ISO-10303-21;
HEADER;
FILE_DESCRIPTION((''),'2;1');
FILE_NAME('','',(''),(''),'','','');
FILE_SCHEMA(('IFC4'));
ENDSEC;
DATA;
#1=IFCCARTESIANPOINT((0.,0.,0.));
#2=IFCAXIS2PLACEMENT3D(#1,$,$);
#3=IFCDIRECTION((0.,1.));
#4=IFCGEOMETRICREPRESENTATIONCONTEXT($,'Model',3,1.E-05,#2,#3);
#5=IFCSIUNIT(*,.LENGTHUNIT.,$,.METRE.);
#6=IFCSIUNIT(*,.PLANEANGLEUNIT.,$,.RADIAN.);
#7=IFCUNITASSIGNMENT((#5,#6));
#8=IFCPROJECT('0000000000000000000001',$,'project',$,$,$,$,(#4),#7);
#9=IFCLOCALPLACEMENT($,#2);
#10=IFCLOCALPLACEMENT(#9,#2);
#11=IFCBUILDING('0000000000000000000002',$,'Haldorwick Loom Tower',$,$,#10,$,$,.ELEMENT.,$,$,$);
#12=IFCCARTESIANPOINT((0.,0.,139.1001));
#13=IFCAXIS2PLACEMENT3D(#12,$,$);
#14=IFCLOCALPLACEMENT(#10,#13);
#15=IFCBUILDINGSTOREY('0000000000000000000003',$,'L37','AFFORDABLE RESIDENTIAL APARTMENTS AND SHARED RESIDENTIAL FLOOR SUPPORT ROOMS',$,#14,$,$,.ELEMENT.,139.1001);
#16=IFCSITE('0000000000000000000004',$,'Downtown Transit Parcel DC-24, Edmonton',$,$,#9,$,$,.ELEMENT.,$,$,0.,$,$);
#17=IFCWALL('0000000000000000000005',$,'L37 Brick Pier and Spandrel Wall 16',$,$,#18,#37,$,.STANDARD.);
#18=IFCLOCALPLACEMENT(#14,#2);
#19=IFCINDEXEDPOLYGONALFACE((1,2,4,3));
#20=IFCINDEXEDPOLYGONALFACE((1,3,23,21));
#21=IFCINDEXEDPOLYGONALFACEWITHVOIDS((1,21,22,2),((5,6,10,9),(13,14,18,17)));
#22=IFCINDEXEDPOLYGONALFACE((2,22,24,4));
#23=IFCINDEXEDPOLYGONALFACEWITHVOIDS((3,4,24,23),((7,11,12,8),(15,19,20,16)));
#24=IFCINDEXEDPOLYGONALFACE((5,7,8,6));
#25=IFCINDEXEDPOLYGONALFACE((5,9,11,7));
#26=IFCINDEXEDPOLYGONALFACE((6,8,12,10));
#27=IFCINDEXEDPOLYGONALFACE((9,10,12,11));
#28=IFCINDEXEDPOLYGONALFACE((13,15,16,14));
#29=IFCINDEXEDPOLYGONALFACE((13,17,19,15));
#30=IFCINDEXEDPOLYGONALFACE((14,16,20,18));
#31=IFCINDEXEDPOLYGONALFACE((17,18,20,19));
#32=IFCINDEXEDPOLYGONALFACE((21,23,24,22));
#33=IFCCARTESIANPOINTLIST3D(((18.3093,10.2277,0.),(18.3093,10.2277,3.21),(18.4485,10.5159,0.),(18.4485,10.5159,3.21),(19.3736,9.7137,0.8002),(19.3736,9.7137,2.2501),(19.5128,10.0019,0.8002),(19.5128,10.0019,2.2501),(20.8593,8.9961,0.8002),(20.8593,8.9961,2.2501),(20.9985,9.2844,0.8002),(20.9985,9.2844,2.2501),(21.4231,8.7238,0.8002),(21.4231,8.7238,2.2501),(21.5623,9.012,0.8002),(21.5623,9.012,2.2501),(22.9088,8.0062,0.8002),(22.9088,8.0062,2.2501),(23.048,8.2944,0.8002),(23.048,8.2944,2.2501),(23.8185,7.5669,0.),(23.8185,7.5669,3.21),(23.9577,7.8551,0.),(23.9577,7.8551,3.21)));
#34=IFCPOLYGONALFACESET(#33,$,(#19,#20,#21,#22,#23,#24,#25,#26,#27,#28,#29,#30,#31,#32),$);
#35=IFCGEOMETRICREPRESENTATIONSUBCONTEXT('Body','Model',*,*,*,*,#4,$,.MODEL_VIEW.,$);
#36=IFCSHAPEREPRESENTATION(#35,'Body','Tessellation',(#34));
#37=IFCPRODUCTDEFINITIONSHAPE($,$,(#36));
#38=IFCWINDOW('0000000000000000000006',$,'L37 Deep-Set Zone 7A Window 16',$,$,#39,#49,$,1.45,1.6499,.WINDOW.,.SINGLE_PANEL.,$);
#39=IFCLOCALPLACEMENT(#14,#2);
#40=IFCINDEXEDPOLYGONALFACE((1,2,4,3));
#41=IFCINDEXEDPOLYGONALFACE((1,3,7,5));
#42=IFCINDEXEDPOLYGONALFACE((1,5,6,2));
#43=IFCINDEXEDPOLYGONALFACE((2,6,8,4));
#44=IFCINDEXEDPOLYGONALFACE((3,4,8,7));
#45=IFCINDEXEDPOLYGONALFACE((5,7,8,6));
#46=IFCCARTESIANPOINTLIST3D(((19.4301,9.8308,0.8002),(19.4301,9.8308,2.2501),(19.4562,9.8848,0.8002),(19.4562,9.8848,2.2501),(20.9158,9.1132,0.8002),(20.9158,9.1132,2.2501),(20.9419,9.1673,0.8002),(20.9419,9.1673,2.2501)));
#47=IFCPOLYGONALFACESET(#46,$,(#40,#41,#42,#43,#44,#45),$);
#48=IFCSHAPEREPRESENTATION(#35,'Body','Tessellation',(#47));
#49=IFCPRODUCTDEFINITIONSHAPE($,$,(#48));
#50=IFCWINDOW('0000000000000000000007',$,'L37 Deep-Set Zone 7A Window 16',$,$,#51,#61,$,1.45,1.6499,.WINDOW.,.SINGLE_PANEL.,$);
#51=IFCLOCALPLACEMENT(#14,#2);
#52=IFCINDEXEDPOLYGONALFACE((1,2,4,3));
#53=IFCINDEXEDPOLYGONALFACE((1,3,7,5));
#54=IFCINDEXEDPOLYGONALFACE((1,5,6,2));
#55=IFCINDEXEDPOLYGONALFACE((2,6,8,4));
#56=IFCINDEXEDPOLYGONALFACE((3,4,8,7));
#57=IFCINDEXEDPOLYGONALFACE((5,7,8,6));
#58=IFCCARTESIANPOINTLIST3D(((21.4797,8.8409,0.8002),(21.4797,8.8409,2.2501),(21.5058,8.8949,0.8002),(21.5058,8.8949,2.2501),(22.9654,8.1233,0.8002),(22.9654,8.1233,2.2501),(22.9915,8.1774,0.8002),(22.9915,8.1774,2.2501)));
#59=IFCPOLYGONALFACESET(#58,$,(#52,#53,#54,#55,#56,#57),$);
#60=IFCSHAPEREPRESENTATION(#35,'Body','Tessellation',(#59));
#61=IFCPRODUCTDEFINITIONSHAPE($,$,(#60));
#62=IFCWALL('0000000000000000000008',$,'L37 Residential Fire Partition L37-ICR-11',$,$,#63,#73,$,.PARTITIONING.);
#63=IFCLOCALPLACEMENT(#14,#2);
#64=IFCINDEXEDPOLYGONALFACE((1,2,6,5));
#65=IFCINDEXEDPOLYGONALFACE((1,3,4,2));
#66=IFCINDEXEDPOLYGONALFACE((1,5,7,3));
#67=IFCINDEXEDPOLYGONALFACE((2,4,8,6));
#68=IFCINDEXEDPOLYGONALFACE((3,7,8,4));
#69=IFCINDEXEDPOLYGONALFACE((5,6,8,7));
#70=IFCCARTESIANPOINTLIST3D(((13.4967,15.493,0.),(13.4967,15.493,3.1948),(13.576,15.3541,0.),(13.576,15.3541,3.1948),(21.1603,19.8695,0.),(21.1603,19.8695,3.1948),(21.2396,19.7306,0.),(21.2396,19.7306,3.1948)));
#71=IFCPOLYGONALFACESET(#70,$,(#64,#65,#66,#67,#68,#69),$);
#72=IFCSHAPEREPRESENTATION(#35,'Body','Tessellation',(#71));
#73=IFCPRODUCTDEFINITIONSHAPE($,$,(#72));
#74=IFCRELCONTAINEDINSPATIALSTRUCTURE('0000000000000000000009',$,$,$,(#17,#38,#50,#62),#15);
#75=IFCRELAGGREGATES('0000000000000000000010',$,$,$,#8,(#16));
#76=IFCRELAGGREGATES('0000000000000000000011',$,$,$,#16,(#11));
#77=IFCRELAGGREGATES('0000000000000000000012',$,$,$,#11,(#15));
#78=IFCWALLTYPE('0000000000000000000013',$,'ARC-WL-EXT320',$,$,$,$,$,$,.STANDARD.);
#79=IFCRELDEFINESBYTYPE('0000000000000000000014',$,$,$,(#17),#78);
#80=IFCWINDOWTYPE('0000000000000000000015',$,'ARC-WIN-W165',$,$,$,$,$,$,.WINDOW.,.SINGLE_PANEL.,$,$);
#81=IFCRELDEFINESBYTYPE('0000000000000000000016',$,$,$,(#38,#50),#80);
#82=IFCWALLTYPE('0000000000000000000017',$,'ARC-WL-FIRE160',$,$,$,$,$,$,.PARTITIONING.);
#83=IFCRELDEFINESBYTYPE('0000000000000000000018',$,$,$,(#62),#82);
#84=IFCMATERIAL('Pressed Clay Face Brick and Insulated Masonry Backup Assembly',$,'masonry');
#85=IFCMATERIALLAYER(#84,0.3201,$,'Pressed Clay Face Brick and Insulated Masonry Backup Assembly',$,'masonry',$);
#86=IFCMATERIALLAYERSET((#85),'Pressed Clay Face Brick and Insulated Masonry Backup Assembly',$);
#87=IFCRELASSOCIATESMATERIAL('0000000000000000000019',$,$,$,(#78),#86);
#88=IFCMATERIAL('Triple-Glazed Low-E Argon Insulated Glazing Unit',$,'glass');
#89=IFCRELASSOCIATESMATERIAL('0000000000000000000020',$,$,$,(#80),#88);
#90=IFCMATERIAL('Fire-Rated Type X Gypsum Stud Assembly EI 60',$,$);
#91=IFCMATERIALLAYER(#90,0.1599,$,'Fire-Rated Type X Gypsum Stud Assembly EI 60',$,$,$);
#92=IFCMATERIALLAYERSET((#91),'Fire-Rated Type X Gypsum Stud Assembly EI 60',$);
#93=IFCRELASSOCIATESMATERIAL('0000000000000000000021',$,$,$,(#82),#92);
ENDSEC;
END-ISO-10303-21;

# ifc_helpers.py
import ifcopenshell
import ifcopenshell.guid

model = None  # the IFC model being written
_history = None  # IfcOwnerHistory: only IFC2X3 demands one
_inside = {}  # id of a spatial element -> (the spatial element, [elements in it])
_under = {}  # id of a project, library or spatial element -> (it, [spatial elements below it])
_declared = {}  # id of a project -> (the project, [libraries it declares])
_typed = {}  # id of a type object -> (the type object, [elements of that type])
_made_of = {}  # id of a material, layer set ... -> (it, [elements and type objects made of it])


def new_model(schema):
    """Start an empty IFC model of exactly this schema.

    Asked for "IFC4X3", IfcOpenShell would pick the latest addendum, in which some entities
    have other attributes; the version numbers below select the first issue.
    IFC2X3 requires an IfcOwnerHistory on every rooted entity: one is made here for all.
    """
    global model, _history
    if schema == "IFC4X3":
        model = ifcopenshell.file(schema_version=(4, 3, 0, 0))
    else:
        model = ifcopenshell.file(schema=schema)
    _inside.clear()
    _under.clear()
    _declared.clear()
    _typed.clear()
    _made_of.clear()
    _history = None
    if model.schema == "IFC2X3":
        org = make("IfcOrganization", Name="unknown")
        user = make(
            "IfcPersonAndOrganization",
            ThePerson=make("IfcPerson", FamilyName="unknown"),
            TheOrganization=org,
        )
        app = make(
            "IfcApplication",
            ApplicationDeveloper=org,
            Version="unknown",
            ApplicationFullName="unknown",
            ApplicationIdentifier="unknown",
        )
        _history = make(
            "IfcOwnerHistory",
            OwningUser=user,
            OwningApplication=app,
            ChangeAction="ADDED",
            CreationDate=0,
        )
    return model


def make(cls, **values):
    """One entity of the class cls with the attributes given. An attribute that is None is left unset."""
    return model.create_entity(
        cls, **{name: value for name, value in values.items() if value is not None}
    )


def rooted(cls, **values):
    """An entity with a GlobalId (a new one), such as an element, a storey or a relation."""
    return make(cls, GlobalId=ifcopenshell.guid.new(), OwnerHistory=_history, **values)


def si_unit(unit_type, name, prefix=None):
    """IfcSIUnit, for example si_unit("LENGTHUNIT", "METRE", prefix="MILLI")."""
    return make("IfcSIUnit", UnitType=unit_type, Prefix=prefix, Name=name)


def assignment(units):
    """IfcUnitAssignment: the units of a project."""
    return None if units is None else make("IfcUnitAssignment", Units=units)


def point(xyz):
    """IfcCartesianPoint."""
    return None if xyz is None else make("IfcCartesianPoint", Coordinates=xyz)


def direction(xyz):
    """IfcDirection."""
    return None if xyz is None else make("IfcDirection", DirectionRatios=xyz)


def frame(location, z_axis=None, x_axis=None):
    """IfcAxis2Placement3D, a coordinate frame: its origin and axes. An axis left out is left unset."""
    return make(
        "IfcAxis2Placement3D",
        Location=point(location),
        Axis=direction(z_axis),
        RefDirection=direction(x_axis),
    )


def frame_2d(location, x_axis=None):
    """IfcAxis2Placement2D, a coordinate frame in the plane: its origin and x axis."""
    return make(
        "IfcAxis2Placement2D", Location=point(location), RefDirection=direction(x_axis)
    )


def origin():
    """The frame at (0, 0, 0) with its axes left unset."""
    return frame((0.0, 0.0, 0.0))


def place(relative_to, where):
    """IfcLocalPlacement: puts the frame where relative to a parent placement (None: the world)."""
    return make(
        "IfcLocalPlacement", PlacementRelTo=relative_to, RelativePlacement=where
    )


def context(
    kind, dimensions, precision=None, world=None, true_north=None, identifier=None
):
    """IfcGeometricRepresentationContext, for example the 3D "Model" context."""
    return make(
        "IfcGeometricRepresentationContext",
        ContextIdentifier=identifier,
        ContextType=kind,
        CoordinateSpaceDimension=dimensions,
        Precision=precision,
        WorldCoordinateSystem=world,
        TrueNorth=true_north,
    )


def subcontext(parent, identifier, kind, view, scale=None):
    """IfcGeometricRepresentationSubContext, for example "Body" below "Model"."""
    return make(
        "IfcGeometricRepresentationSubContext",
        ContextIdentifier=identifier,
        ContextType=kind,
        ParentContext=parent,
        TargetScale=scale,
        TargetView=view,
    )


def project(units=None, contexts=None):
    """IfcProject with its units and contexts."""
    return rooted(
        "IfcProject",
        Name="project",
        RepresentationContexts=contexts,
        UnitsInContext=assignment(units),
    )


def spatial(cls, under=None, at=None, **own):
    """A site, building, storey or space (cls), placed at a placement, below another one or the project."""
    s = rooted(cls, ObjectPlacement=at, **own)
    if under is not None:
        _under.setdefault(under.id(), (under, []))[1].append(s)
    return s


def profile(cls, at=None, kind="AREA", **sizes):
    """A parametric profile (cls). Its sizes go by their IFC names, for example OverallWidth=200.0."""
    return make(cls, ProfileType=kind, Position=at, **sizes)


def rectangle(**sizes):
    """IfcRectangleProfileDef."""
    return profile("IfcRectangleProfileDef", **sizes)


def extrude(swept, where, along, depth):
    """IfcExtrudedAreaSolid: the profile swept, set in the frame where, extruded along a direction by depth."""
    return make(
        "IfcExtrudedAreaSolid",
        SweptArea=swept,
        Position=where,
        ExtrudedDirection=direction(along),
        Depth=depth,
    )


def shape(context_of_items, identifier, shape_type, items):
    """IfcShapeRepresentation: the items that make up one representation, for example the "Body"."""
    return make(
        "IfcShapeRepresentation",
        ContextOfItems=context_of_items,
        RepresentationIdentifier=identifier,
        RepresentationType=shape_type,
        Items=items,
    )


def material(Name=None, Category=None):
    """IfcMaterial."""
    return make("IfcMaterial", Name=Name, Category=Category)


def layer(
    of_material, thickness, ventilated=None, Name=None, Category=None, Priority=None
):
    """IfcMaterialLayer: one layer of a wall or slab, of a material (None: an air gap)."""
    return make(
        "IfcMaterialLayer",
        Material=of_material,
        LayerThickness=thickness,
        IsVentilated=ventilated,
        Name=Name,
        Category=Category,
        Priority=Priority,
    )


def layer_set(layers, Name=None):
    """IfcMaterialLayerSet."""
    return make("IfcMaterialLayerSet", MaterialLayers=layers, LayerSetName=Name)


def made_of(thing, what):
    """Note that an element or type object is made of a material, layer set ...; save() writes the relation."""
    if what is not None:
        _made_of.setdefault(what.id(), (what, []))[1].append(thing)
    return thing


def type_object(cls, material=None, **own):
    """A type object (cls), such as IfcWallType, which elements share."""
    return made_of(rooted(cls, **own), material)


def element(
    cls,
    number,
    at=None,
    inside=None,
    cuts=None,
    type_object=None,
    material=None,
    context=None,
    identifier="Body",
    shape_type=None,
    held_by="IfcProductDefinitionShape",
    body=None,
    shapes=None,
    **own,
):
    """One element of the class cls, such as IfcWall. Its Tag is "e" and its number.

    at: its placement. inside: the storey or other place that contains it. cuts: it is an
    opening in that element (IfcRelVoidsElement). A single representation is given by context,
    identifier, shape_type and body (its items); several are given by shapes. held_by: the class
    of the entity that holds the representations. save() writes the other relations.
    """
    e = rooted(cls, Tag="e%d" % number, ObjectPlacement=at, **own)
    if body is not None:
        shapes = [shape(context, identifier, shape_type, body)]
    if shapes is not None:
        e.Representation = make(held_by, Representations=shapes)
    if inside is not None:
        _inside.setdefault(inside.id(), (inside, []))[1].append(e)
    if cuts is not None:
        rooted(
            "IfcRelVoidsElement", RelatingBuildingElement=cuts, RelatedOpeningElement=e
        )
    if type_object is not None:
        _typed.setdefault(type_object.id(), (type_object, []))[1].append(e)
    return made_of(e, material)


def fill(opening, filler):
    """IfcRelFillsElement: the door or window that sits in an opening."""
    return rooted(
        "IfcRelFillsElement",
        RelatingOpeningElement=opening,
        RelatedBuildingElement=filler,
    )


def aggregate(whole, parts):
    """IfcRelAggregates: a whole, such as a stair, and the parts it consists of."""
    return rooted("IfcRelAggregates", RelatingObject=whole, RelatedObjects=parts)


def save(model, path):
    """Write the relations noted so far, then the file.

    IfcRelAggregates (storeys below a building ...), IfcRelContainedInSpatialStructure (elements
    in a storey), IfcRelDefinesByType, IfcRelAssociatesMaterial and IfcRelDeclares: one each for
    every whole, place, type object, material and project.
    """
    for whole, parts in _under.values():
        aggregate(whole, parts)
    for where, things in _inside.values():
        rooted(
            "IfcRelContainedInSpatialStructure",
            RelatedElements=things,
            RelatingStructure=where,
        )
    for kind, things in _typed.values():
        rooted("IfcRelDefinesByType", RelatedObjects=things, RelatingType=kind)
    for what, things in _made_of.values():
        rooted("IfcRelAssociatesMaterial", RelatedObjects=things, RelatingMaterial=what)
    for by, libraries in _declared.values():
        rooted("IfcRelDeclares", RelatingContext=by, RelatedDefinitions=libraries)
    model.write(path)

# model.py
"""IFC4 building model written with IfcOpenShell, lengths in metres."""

from ifc_helpers import new_model, si_unit, direction, frame, frame_2d, origin, place, context, subcontext, project, spatial, rectangle, extrude, material, layer, layer_set, type_object, element, fill, save


model = new_model("IFC4")

# Units and contexts
model_context = context("Model", 3, precision=1e-05, world=origin(), true_north=direction((0.0, 1.0)))
body_context = subcontext(model_context, "Body", "Model", "MODEL_VIEW")
ifc_project = project(units=[si_unit("LENGTHUNIT", "METRE"), si_unit("PLANEANGLEUNIT", "RADIAN")], contexts=[model_context])

# Site, building, storey
site_placement = place(None, origin())
site = spatial("IfcSite", under=ifc_project, at=site_placement, Name="Downtown Transit Parcel DC-24, Edmonton", CompositionType="ELEMENT", RefElevation=0.0)
building_placement = place(site_placement, origin())
building = spatial("IfcBuilding", under=site, at=building_placement, Name="Haldorwick Loom Tower", CompositionType="ELEMENT")
storey_placement = place(building_placement, frame((0.0, 0.0, 139.1001)))
storey = spatial("IfcBuildingStorey", under=building, at=storey_placement, Name="L37", Description="AFFORDABLE RESIDENTIAL APARTMENTS AND SHARED RESIDENTIAL FLOOR SUPPORT ROOMS", CompositionType="ELEMENT", Elevation=139.1001)

# Shared definitions
ifc_material_1 = material(Name="Pressed Clay Face Brick and Insulated Masonry Backup Assembly", Category="masonry")
ifc_layer_1 = layer(ifc_material_1, 0.3201, Name="Pressed Clay Face Brick and Insulated Masonry Backup Assembly", Category="masonry")
ifc_layer_set_1 = layer_set([ifc_layer_1], Name="Pressed Clay Face Brick and Insulated Masonry Backup Assembly")
wall_type_1 = type_object("IfcWallType", Name="ARC-WL-EXT320", PredefinedType="STANDARD", material=ifc_layer_set_1)

# Wall, openings, windows
wall_1_placement = place(storey_placement, frame((18.3789, 10.3718, 0.0), z_axis=(0.0, 0.0, 1.0), x_axis=(0.900472, -0.434913, 0.0)))
wall_1 = element("IfcWall", 1, at=wall_1_placement, inside=storey, type_object=wall_type_1, Name="L37 Brick Pier and Spandrel Wall 16", PredefinedType="STANDARD", context=body_context, shape_type="SweptSolid", body=[
    extrude(rectangle(XDim=6.1182, YDim=0.3201, at=frame_2d((3.0591, 0.0))), origin(), (0.0, 0.0, 1.0), 3.21),
])
opening_1_placement = place(wall_1_placement, frame((1.1819, 0.0, 0.8)))
opening_1 = element("IfcOpeningElement", 2, at=opening_1_placement, cuts=wall_1, PredefinedType="OPENING", context=body_context, shape_type="SweptSolid", body=[
    extrude(rectangle(XDim=1.6499, YDim=1.45, at=frame_2d((0.825, 0.7251))), frame((0.0, 0.1699, 0.0), z_axis=(0.0, -1.0, 0.0), x_axis=(1.0, 0.0, 0.0)), (0.0, 0.0, 1.0), 0.3401),
])
opening_2_placement = place(wall_1_placement, frame((3.458, 0.0, 0.8)))
opening_2 = element("IfcOpeningElement", 3, at=opening_2_placement, cuts=wall_1, PredefinedType="OPENING", context=body_context, shape_type="SweptSolid", body=[
    extrude(rectangle(XDim=1.6499, YDim=1.45, at=frame_2d((0.825, 0.7251))), frame((0.0, 0.1699, 0.0), z_axis=(0.0, -1.0, 0.0), x_axis=(1.0, 0.0, 0.0)), (0.0, 0.0, 1.0), 0.3401),
])
ifc_material_2 = material(Name="Triple-Glazed Low-E Argon Insulated Glazing Unit", Category="glass")
window_type = type_object("IfcWindowType", Name="ARC-WIN-W165", PartitioningType="SINGLE_PANEL", PredefinedType="WINDOW", material=ifc_material_2)
window_1_placement = place(opening_1_placement, origin())
window_1 = element("IfcWindow", 4, at=window_1_placement, inside=storey, type_object=window_type, Name="L37 Deep-Set Zone 7A Window 16", OverallHeight=1.45, OverallWidth=1.6499, PartitioningType="SINGLE_PANEL", PredefinedType="WINDOW", context=body_context, shape_type="SweptSolid", body=[
    extrude(rectangle(XDim=1.6499, YDim=1.45, at=frame_2d((0.825, 0.7251))), frame((0.0, 0.03, 0.0), z_axis=(0.0, -1.0, 0.0), x_axis=(1.0, 0.0, 0.0)), (0.0, 0.0, 1.0), 0.0601),
])
fill(opening_1, window_1)
window_2_placement = place(opening_2_placement, origin())
window_2 = element("IfcWindow", 5, at=window_2_placement, inside=storey, type_object=window_type, Name="L37 Deep-Set Zone 7A Window 16", OverallHeight=1.45, OverallWidth=1.6499, PartitioningType="SINGLE_PANEL", PredefinedType="WINDOW", context=body_context, shape_type="SweptSolid", body=[
    extrude(rectangle(XDim=1.6499, YDim=1.45, at=frame_2d((0.825, 0.7251))), frame((0.0, 0.03, 0.0), z_axis=(0.0, -1.0, 0.0), x_axis=(1.0, 0.0, 0.0)), (0.0, 0.0, 1.0), 0.0601),
])
fill(opening_2, window_2)

# Wall
ifc_material_3 = material(Name="Fire-Rated Type X Gypsum Stud Assembly EI 60")
ifc_layer_2 = layer(ifc_material_3, 0.1599, Name="Fire-Rated Type X Gypsum Stud Assembly EI 60")
ifc_layer_set_2 = layer_set([ifc_layer_2], Name="Fire-Rated Type X Gypsum Stud Assembly EI 60")
wall_type_2 = type_object("IfcWallType", Name="ARC-WL-FIRE160", PredefinedType="PARTITIONING", material=ifc_layer_set_2)
wall_2_placement = place(storey_placement, frame((21.2, 19.8, 0.0), z_axis=(0.0, 0.0, 1.0), x_axis=(-0.868376, -0.495907, 0.0)))
element("IfcWall", 6, at=wall_2_placement, inside=storey, type_object=wall_type_2, Name="L37 Residential Fire Partition L37-ICR-11", PredefinedType="PARTITIONING", context=body_context, shape_type="SweptSolid", body=[
    extrude(rectangle(XDim=8.8252, YDim=0.1599, at=frame_2d((4.4126, 0.0))), origin(), (0.0, 0.0, 1.0), 3.1948),
])

save(model, "model.ifc")
